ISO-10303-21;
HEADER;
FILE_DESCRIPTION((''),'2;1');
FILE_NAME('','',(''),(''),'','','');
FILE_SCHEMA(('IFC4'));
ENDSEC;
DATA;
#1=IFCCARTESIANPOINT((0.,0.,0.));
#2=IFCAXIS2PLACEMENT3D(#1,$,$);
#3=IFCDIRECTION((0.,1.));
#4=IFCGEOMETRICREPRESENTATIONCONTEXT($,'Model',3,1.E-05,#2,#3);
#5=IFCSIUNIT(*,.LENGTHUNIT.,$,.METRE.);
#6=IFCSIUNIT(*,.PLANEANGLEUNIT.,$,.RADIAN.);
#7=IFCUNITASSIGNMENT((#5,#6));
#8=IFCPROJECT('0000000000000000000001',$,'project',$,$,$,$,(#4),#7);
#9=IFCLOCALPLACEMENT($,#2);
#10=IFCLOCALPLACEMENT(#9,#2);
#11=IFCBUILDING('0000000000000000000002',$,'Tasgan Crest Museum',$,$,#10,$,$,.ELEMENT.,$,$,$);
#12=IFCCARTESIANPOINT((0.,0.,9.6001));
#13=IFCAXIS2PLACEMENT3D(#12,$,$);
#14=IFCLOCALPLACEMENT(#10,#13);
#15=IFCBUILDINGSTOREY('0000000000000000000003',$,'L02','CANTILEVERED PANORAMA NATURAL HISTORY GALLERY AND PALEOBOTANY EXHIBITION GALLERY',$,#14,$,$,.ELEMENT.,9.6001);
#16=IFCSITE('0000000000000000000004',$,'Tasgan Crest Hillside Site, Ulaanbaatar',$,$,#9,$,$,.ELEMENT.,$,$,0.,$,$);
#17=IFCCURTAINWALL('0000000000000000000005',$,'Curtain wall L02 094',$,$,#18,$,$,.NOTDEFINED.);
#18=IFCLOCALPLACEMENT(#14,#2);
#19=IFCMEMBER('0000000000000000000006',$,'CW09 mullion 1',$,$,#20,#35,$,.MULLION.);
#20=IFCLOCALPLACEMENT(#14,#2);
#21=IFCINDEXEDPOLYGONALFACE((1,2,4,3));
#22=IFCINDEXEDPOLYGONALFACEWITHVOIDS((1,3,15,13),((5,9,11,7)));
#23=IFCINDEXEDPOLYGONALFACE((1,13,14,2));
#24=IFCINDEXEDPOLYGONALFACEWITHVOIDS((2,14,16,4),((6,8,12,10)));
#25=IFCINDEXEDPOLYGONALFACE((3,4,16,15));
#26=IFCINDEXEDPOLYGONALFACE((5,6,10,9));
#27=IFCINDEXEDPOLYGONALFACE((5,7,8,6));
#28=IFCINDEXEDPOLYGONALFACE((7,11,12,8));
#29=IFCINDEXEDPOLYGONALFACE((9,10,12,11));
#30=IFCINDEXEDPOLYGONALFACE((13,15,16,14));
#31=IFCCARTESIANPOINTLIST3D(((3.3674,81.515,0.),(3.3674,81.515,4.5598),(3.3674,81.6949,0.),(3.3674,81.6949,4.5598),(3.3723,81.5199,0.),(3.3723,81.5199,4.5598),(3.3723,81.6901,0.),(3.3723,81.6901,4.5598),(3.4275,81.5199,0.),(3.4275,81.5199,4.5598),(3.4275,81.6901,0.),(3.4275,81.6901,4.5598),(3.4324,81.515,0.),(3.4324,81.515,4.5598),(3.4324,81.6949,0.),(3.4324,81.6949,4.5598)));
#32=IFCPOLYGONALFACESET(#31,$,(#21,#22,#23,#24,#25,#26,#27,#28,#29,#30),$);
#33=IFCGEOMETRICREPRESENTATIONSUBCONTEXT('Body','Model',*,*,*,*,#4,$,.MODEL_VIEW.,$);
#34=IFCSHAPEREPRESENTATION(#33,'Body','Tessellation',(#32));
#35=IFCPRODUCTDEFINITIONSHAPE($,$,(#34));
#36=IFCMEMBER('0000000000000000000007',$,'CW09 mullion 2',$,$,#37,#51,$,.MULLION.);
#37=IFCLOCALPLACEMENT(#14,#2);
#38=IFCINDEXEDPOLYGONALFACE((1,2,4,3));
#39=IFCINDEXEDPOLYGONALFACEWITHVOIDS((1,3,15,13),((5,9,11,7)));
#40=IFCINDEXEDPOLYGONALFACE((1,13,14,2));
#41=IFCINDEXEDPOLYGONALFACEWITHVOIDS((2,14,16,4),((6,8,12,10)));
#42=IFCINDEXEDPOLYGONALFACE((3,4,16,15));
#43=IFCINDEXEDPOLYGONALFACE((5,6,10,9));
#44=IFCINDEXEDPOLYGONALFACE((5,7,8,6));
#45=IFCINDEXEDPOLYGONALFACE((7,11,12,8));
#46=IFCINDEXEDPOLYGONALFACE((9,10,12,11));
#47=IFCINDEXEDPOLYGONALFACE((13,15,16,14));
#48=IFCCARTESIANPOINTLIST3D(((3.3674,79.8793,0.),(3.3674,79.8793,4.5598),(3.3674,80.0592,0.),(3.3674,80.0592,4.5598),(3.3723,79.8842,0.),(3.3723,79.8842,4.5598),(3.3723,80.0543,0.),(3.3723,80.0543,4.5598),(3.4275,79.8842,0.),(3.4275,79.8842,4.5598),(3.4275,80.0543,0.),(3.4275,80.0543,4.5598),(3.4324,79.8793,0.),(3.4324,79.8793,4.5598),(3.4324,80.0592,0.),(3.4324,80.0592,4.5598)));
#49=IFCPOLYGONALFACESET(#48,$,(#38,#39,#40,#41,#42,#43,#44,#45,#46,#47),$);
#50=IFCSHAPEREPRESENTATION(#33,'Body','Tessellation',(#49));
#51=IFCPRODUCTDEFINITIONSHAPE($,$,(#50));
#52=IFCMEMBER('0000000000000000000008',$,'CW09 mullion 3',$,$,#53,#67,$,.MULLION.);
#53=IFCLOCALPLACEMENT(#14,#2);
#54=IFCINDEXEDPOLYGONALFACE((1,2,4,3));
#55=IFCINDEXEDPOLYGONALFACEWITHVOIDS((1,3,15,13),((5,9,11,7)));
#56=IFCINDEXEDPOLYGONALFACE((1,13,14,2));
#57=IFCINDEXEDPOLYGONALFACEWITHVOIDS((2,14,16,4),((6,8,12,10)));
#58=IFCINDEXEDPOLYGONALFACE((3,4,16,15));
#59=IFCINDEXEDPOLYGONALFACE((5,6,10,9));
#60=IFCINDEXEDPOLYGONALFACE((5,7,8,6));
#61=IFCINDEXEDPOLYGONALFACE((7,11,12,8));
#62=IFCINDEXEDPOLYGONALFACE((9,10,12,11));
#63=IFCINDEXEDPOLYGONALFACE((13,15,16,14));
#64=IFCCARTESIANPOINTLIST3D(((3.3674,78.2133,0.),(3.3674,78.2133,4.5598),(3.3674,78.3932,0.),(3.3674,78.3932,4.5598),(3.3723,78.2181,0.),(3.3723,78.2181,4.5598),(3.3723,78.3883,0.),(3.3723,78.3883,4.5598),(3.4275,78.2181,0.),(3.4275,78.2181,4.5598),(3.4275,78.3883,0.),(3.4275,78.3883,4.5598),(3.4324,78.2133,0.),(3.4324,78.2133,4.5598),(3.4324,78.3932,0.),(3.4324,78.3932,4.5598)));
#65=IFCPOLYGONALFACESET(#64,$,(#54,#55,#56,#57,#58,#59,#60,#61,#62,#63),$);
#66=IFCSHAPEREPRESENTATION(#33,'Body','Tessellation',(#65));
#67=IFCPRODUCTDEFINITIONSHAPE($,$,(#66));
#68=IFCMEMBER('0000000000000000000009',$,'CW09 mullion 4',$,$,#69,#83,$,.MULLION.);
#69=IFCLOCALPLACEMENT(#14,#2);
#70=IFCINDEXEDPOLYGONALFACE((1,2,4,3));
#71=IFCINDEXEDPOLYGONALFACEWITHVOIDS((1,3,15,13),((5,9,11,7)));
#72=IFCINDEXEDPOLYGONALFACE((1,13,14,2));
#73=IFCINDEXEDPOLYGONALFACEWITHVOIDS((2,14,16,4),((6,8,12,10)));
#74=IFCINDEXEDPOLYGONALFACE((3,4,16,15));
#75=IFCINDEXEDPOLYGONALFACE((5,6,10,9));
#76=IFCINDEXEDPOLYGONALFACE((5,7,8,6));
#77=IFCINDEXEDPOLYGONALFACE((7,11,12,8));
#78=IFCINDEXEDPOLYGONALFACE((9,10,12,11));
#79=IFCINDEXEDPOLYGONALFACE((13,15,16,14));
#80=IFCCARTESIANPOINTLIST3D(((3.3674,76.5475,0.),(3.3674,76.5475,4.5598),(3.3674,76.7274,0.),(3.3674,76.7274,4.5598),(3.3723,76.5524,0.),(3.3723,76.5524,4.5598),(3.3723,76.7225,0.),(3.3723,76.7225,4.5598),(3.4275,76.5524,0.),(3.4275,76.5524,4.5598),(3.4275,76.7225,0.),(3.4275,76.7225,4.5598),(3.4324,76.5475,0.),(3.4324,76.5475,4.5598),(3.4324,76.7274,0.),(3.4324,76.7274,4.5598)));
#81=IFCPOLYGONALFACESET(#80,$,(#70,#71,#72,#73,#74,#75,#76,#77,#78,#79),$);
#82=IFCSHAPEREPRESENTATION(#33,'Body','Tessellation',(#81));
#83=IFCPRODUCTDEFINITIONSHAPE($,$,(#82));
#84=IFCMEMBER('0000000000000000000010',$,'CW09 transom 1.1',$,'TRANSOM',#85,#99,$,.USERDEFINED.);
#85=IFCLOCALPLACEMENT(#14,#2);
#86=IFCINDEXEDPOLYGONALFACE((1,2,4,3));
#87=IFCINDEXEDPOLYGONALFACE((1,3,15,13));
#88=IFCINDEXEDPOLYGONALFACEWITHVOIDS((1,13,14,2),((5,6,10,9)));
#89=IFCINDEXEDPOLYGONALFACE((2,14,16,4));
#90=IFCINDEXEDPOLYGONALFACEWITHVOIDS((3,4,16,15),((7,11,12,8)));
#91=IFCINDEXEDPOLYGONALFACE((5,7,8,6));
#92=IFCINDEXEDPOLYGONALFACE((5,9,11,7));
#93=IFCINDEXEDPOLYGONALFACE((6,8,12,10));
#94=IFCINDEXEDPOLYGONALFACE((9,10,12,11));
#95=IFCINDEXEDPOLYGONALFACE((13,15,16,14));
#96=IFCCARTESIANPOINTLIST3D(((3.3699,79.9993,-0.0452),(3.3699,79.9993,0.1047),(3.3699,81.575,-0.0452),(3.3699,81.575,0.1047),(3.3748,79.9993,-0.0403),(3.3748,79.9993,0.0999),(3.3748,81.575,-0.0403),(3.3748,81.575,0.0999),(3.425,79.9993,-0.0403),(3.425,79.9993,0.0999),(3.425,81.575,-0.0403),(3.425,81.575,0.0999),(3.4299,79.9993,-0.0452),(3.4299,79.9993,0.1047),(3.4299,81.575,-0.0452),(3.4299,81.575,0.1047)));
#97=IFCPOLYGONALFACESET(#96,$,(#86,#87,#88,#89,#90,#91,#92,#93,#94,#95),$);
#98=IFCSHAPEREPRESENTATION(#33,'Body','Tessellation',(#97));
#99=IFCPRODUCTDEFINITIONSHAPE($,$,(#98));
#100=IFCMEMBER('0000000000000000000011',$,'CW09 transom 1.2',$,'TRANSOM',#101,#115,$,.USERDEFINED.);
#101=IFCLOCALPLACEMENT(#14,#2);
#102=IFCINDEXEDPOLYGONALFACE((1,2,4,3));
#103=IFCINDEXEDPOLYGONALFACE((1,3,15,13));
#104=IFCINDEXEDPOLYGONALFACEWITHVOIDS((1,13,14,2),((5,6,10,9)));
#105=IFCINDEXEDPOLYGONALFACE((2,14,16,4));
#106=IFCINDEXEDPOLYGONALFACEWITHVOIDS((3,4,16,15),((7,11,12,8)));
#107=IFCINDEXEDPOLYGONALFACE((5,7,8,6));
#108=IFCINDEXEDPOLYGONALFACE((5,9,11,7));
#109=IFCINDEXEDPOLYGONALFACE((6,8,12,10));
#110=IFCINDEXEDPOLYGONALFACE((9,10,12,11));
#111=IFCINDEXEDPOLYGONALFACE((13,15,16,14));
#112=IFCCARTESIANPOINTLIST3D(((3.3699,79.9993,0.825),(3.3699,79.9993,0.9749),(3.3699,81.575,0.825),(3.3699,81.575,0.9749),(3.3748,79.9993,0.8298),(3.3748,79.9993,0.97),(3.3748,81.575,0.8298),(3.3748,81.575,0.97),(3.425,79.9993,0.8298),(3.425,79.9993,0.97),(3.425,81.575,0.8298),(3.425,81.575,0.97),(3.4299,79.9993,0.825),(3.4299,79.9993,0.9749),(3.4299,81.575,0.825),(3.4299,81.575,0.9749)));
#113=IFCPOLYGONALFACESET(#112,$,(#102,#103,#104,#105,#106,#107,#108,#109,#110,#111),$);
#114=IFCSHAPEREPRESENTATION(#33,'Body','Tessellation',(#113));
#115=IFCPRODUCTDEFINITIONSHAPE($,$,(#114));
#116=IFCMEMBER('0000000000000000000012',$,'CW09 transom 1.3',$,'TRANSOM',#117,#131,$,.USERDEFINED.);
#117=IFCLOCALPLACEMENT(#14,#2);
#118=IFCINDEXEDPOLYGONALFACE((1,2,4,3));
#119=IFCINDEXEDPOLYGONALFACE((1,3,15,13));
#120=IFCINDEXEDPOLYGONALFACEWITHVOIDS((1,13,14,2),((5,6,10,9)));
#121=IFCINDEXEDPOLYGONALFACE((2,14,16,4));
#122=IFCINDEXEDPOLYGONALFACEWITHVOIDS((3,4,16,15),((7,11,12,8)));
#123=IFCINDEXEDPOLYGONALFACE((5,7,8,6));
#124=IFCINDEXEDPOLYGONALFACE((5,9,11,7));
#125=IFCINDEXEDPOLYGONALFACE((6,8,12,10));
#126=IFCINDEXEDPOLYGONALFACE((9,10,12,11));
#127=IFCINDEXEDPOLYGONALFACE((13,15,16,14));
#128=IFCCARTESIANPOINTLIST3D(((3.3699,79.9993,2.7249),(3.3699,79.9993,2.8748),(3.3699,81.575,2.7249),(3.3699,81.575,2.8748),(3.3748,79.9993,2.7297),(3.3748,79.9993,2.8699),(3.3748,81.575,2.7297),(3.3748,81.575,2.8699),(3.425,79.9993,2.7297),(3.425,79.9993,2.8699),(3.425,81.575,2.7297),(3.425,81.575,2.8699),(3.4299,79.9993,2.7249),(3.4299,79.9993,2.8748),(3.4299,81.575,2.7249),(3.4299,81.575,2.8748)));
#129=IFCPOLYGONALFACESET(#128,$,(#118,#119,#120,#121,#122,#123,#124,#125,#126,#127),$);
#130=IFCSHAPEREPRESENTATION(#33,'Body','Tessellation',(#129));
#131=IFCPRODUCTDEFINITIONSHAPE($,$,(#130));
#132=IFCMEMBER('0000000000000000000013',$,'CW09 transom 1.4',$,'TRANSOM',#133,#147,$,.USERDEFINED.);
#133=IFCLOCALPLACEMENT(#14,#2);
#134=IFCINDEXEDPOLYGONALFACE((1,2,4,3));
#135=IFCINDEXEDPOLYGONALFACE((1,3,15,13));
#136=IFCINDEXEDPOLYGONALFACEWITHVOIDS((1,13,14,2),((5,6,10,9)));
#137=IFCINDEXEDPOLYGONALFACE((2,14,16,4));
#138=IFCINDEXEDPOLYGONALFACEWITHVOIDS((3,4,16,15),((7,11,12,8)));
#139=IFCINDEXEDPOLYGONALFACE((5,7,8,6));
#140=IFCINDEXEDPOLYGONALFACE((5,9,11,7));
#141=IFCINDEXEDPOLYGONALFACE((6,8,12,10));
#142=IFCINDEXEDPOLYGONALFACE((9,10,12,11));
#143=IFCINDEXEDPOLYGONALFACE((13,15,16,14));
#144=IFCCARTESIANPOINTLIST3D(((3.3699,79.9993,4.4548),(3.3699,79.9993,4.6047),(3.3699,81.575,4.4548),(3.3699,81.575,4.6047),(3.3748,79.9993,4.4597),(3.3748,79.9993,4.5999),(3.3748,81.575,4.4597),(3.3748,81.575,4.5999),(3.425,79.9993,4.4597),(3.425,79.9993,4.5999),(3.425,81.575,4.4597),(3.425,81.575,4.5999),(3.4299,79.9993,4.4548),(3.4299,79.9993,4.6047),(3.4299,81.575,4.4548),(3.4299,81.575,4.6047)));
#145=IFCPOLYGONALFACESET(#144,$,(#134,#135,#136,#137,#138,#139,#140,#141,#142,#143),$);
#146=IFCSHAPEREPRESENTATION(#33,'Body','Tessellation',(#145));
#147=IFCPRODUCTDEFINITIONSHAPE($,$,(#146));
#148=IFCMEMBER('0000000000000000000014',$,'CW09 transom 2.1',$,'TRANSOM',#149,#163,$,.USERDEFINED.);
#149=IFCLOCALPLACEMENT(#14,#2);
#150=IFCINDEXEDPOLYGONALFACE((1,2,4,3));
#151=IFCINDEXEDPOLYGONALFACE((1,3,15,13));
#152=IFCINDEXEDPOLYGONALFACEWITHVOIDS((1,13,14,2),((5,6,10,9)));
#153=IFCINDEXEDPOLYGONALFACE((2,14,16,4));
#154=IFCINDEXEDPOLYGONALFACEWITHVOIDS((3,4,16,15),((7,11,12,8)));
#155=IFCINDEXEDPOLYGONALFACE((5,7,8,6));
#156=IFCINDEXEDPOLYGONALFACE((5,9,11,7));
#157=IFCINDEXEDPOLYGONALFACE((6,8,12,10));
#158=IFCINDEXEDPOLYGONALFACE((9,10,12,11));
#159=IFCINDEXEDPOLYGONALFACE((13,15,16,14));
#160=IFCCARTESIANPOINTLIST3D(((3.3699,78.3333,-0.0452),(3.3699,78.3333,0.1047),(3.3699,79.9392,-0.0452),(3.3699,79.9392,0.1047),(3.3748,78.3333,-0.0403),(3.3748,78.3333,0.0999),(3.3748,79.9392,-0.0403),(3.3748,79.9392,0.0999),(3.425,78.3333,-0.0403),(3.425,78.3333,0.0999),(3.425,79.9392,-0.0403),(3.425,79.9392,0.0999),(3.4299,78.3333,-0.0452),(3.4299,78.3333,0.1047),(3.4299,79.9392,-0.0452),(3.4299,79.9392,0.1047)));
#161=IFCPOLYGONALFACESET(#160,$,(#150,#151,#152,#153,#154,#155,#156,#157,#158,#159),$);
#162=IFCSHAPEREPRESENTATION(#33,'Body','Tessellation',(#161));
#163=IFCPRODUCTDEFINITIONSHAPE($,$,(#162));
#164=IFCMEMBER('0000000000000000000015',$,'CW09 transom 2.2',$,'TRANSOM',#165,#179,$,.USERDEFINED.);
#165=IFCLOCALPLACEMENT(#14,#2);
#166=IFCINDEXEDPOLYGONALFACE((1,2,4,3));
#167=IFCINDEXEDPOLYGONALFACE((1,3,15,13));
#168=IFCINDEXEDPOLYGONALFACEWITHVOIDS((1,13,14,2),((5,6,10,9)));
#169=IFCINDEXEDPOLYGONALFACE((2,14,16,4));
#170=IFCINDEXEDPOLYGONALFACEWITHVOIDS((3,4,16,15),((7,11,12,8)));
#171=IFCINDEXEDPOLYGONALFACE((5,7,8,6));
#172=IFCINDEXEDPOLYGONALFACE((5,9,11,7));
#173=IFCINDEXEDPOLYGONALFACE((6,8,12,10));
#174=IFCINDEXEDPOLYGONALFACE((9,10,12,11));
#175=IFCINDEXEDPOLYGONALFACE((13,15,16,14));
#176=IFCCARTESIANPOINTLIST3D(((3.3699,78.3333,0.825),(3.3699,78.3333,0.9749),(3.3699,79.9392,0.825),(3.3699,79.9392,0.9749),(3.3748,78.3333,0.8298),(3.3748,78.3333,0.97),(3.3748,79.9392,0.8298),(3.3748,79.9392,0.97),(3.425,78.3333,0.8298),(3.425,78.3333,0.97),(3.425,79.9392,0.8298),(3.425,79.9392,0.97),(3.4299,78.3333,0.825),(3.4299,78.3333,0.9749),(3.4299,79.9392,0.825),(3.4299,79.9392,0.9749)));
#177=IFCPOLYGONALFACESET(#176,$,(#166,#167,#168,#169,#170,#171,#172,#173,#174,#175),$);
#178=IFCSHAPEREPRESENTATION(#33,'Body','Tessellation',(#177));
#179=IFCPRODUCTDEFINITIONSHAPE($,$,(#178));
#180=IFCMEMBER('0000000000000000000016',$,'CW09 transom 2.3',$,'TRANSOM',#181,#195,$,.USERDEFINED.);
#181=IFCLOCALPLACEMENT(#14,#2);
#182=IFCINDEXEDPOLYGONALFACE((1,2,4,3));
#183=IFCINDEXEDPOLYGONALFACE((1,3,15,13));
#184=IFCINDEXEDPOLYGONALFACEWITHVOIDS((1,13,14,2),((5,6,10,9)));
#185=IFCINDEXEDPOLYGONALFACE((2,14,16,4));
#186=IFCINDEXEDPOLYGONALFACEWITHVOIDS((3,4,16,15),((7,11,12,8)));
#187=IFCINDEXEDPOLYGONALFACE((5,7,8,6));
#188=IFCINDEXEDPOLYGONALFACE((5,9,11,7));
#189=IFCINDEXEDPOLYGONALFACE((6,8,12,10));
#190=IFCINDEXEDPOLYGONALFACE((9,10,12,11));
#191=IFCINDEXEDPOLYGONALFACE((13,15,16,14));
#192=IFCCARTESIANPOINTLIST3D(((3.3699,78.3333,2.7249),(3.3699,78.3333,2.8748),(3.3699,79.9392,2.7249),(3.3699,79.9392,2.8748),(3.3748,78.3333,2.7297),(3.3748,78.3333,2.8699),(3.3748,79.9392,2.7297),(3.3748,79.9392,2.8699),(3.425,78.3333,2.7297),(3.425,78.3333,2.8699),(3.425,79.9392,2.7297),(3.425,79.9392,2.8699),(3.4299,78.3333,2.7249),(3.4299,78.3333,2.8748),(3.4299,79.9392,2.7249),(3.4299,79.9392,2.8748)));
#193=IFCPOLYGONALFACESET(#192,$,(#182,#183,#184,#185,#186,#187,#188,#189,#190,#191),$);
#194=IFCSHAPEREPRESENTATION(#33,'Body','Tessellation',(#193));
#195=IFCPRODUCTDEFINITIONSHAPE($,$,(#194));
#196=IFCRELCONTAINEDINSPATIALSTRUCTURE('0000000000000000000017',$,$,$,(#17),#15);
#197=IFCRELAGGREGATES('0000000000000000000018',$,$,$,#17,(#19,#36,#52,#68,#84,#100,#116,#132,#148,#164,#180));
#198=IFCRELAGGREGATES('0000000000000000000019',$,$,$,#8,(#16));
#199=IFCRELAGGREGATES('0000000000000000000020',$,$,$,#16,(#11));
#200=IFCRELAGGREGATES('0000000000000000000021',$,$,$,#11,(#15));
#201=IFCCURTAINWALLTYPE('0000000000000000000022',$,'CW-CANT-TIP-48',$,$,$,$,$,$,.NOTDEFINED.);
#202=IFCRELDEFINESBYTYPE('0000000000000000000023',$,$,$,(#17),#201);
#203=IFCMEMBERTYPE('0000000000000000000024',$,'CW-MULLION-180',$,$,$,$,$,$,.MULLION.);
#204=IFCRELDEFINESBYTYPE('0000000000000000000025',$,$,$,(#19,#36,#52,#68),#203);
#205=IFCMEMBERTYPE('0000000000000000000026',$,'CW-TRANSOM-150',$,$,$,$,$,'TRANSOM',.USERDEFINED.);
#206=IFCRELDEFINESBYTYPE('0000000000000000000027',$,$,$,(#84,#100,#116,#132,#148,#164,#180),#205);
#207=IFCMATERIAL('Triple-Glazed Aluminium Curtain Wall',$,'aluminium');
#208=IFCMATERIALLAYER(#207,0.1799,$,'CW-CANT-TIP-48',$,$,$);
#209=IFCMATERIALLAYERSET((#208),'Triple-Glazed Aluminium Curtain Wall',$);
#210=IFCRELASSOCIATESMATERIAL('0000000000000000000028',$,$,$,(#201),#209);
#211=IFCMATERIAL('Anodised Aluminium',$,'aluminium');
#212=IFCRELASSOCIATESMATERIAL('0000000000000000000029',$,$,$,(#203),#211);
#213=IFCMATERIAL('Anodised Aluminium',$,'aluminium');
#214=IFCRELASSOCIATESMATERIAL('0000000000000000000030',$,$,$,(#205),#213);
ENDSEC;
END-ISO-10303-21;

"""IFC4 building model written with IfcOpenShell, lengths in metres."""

from ifc_helpers import new_model, si_unit, direction, frame, origin, origin_2d, place, context, subcontext, project, spatial, hollow_rectangle, extrude, material, layer, layer_set, material_profile, profile_set, type_object, element, aggregate, save


model = new_model("IFC4")

# Units and contexts
model_context = context("Model", 3, precision=1e-05, world=origin(), true_north=direction((0.0, 1.0)))
body_context = subcontext(model_context, "Body", "Model", "MODEL_VIEW")
ifc_project = project(units=[si_unit("LENGTHUNIT", "METRE"), si_unit("PLANEANGLEUNIT", "RADIAN")], contexts=[model_context])

# Site, building, storey
site_placement = place(None, origin())
site = spatial("IfcSite", under=ifc_project, at=site_placement, Name="Tasgan Crest Hillside Site, Ulaanbaatar", CompositionType="ELEMENT", RefElevation=0.0)
building_placement = place(site_placement, origin())
building = spatial("IfcBuilding", under=site, at=building_placement, Name="Tasgan Crest Museum", CompositionType="ELEMENT")
storey_placement = place(building_placement, frame((0.0, 0.0, 9.6001)))
storey = spatial("IfcBuildingStorey", under=building, at=storey_placement, Name="L02", Description="CANTILEVERED PANORAMA NATURAL HISTORY GALLERY AND PALEOBOTANY EXHIBITION GALLERY", CompositionType="ELEMENT", Elevation=9.6001)

# Curtain wall, members
ifc_material_1 = material(Name="Triple-Glazed Aluminium Curtain Wall", Category="aluminium")
ifc_layer_1 = layer(ifc_material_1, 0.1799, Name="CW-CANT-TIP-48")
ifc_layer_set_1 = layer_set([ifc_layer_1], Name="Triple-Glazed Aluminium Curtain Wall")
curtain_wall_type = type_object("IfcCurtainWallType", Name="CW-CANT-TIP-48", PredefinedType="NOTDEFINED", material=ifc_layer_set_1)
curtain_wall_placement = place(storey_placement, origin())
curtain_wall = element("IfcCurtainWall", 1, at=curtain_wall_placement, inside=storey, type_object=curtain_wall_type, Name="Curtain wall L02 094", PredefinedType="NOTDEFINED")
ifc_material_2 = material(Name="Anodised Aluminium", Category="aluminium")
ifc_material_profile_1 = material_profile(ifc_material_2, hollow_rectangle(XDim=0.0649, YDim=0.1799, WallThickness=0.0049, at=origin_2d()), Name="ALU MULLION 180x65x5")
ifc_profile_set_1 = profile_set([ifc_material_profile_1], Name="Anodised Aluminium")
member_type_1 = type_object("IfcMemberType", Name="CW-MULLION-180", PredefinedType="MULLION", material=ifc_profile_set_1)
member_1_placement = place(storey_placement, frame((3.3999, 81.605, 0.0), z_axis=(0.0, 0.0, 1.0), x_axis=(1.0, 0.0, 0.0)))
member_1 = element("IfcMember", 2, at=member_1_placement, type_object=member_type_1, Name="CW09 mullion 1", PredefinedType="MULLION", context=body_context, shape_type="SweptSolid", body=[
    extrude(hollow_rectangle(XDim=0.0649, YDim=0.1799, WallThickness=0.0049, at=origin_2d()), origin(), (0.0, 0.0, 1.0), 4.5598),
])
member_2_placement = place(storey_placement, frame((3.3999, 79.9692, 0.0), z_axis=(0.0, 0.0, 1.0), x_axis=(1.0, 0.0, 0.0)))
member_2 = element("IfcMember", 3, at=member_2_placement, type_object=member_type_1, Name="CW09 mullion 2", PredefinedType="MULLION", context=body_context, shape_type="SweptSolid", body=[
    extrude(hollow_rectangle(XDim=0.0649, YDim=0.1799, WallThickness=0.0049, at=origin_2d()), origin(), (0.0, 0.0, 1.0), 4.5598),
])
member_3_placement = place(storey_placement, frame((3.3999, 78.3032, 0.0), z_axis=(0.0, 0.0, 1.0), x_axis=(1.0, 0.0, 0.0)))
member_3 = element("IfcMember", 4, at=member_3_placement, type_object=member_type_1, Name="CW09 mullion 3", PredefinedType="MULLION", context=body_context, shape_type="SweptSolid", body=[
    extrude(hollow_rectangle(XDim=0.0649, YDim=0.1799, WallThickness=0.0049, at=origin_2d()), origin(), (0.0, 0.0, 1.0), 4.5598),
])
member_4_placement = place(storey_placement, frame((3.3999, 76.6375, 0.0), z_axis=(0.0, 0.0, 1.0), x_axis=(1.0, 0.0, 0.0)))
member_4 = element("IfcMember", 5, at=member_4_placement, type_object=member_type_1, Name="CW09 mullion 4", PredefinedType="MULLION", context=body_context, shape_type="SweptSolid", body=[
    extrude(hollow_rectangle(XDim=0.0649, YDim=0.1799, WallThickness=0.0049, at=origin_2d()), origin(), (0.0, 0.0, 1.0), 4.5598),
])
ifc_material_3 = material(Name="Anodised Aluminium", Category="aluminium")
ifc_material_profile_2 = material_profile(ifc_material_3, hollow_rectangle(XDim=0.0601, YDim=0.1499, WallThickness=0.0049, at=origin_2d()), Name="ALU TRANSOM 150x60x5")
ifc_profile_set_2 = profile_set([ifc_material_profile_2], Name="Anodised Aluminium")
member_type_2 = type_object("IfcMemberType", Name="CW-TRANSOM-150", ElementType="TRANSOM", PredefinedType="USERDEFINED", material=ifc_profile_set_2)
member_5_placement = place(storey_placement, frame((3.3999, 81.575, 0.0298), z_axis=(0.0, -1.0, 0.0), x_axis=(1.0, 0.0, 0.0)))
member_5 = element("IfcMember", 6, at=member_5_placement, type_object=member_type_2, Name="CW09 transom 1.1", ObjectType="TRANSOM", PredefinedType="USERDEFINED", context=body_context, shape_type="SweptSolid", body=[
    extrude(hollow_rectangle(XDim=0.0601, YDim=0.1499, WallThickness=0.0049, at=origin_2d()), origin(), (0.0, 0.0, 1.0), 1.5757),
])
member_6_placement = place(storey_placement, frame((3.3999, 81.575, 0.8999), z_axis=(0.0, -1.0, 0.0), x_axis=(1.0, 0.0, 0.0)))
member_6 = element("IfcMember", 7, at=member_6_placement, type_object=member_type_2, Name="CW09 transom 1.2", ObjectType="TRANSOM", PredefinedType="USERDEFINED", context=body_context, shape_type="SweptSolid", body=[
    extrude(hollow_rectangle(XDim=0.0601, YDim=0.1499, WallThickness=0.0049, at=origin_2d()), origin(), (0.0, 0.0, 1.0), 1.5757),
])
member_7_placement = place(storey_placement, frame((3.3999, 81.575, 2.7998), z_axis=(0.0, -1.0, 0.0), x_axis=(1.0, 0.0, 0.0)))
member_7 = element("IfcMember", 8, at=member_7_placement, type_object=member_type_2, Name="CW09 transom 1.3", ObjectType="TRANSOM", PredefinedType="USERDEFINED", context=body_context, shape_type="SweptSolid", body=[
    extrude(hollow_rectangle(XDim=0.0601, YDim=0.1499, WallThickness=0.0049, at=origin_2d()), origin(), (0.0, 0.0, 1.0), 1.5757),
])
member_8_placement = place(storey_placement, frame((3.3999, 81.575, 4.5298), z_axis=(0.0, -1.0, 0.0), x_axis=(1.0, 0.0, 0.0)))
member_8 = element("IfcMember", 9, at=member_8_placement, type_object=member_type_2, Name="CW09 transom 1.4", ObjectType="TRANSOM", PredefinedType="USERDEFINED", context=body_context, shape_type="SweptSolid", body=[
    extrude(hollow_rectangle(XDim=0.0601, YDim=0.1499, WallThickness=0.0049, at=origin_2d()), origin(), (0.0, 0.0, 1.0), 1.5757),
])
member_9_placement = place(storey_placement, frame((3.3999, 79.9392, 0.0298), z_axis=(0.0, -1.0, 0.0), x_axis=(1.0, 0.0, 0.0)))
member_9 = element("IfcMember", 10, at=member_9_placement, type_object=member_type_2, Name="CW09 transom 2.1", ObjectType="TRANSOM", PredefinedType="USERDEFINED", context=body_context, shape_type="SweptSolid", body=[
    extrude(hollow_rectangle(XDim=0.0601, YDim=0.1499, WallThickness=0.0049, at=origin_2d()), origin(), (0.0, 0.0, 1.0), 1.606),
])
member_10_placement = place(storey_placement, frame((3.3999, 79.9392, 0.8999), z_axis=(0.0, -1.0, 0.0), x_axis=(1.0, 0.0, 0.0)))
member_10 = element("IfcMember", 11, at=member_10_placement, type_object=member_type_2, Name="CW09 transom 2.2", ObjectType="TRANSOM", PredefinedType="USERDEFINED", context=body_context, shape_type="SweptSolid", body=[
    extrude(hollow_rectangle(XDim=0.0601, YDim=0.1499, WallThickness=0.0049, at=origin_2d()), origin(), (0.0, 0.0, 1.0), 1.606),
])
member_11_placement = place(storey_placement, frame((3.3999, 79.9392, 2.7998), z_axis=(0.0, -1.0, 0.0), x_axis=(1.0, 0.0, 0.0)))
member_11 = element("IfcMember", 12, at=member_11_placement, type_object=member_type_2, Name="CW09 transom 2.3", ObjectType="TRANSOM", PredefinedType="USERDEFINED", context=body_context, shape_type="SweptSolid", body=[
    extrude(hollow_rectangle(XDim=0.0601, YDim=0.1499, WallThickness=0.0049, at=origin_2d()), origin(), (0.0, 0.0, 1.0), 1.606),
])

aggregate(curtain_wall, [member_1, member_2, member_3, member_4, member_5, member_6, member_7, member_8, member_9, member_10, member_11])

save(model, "model.ifc")
